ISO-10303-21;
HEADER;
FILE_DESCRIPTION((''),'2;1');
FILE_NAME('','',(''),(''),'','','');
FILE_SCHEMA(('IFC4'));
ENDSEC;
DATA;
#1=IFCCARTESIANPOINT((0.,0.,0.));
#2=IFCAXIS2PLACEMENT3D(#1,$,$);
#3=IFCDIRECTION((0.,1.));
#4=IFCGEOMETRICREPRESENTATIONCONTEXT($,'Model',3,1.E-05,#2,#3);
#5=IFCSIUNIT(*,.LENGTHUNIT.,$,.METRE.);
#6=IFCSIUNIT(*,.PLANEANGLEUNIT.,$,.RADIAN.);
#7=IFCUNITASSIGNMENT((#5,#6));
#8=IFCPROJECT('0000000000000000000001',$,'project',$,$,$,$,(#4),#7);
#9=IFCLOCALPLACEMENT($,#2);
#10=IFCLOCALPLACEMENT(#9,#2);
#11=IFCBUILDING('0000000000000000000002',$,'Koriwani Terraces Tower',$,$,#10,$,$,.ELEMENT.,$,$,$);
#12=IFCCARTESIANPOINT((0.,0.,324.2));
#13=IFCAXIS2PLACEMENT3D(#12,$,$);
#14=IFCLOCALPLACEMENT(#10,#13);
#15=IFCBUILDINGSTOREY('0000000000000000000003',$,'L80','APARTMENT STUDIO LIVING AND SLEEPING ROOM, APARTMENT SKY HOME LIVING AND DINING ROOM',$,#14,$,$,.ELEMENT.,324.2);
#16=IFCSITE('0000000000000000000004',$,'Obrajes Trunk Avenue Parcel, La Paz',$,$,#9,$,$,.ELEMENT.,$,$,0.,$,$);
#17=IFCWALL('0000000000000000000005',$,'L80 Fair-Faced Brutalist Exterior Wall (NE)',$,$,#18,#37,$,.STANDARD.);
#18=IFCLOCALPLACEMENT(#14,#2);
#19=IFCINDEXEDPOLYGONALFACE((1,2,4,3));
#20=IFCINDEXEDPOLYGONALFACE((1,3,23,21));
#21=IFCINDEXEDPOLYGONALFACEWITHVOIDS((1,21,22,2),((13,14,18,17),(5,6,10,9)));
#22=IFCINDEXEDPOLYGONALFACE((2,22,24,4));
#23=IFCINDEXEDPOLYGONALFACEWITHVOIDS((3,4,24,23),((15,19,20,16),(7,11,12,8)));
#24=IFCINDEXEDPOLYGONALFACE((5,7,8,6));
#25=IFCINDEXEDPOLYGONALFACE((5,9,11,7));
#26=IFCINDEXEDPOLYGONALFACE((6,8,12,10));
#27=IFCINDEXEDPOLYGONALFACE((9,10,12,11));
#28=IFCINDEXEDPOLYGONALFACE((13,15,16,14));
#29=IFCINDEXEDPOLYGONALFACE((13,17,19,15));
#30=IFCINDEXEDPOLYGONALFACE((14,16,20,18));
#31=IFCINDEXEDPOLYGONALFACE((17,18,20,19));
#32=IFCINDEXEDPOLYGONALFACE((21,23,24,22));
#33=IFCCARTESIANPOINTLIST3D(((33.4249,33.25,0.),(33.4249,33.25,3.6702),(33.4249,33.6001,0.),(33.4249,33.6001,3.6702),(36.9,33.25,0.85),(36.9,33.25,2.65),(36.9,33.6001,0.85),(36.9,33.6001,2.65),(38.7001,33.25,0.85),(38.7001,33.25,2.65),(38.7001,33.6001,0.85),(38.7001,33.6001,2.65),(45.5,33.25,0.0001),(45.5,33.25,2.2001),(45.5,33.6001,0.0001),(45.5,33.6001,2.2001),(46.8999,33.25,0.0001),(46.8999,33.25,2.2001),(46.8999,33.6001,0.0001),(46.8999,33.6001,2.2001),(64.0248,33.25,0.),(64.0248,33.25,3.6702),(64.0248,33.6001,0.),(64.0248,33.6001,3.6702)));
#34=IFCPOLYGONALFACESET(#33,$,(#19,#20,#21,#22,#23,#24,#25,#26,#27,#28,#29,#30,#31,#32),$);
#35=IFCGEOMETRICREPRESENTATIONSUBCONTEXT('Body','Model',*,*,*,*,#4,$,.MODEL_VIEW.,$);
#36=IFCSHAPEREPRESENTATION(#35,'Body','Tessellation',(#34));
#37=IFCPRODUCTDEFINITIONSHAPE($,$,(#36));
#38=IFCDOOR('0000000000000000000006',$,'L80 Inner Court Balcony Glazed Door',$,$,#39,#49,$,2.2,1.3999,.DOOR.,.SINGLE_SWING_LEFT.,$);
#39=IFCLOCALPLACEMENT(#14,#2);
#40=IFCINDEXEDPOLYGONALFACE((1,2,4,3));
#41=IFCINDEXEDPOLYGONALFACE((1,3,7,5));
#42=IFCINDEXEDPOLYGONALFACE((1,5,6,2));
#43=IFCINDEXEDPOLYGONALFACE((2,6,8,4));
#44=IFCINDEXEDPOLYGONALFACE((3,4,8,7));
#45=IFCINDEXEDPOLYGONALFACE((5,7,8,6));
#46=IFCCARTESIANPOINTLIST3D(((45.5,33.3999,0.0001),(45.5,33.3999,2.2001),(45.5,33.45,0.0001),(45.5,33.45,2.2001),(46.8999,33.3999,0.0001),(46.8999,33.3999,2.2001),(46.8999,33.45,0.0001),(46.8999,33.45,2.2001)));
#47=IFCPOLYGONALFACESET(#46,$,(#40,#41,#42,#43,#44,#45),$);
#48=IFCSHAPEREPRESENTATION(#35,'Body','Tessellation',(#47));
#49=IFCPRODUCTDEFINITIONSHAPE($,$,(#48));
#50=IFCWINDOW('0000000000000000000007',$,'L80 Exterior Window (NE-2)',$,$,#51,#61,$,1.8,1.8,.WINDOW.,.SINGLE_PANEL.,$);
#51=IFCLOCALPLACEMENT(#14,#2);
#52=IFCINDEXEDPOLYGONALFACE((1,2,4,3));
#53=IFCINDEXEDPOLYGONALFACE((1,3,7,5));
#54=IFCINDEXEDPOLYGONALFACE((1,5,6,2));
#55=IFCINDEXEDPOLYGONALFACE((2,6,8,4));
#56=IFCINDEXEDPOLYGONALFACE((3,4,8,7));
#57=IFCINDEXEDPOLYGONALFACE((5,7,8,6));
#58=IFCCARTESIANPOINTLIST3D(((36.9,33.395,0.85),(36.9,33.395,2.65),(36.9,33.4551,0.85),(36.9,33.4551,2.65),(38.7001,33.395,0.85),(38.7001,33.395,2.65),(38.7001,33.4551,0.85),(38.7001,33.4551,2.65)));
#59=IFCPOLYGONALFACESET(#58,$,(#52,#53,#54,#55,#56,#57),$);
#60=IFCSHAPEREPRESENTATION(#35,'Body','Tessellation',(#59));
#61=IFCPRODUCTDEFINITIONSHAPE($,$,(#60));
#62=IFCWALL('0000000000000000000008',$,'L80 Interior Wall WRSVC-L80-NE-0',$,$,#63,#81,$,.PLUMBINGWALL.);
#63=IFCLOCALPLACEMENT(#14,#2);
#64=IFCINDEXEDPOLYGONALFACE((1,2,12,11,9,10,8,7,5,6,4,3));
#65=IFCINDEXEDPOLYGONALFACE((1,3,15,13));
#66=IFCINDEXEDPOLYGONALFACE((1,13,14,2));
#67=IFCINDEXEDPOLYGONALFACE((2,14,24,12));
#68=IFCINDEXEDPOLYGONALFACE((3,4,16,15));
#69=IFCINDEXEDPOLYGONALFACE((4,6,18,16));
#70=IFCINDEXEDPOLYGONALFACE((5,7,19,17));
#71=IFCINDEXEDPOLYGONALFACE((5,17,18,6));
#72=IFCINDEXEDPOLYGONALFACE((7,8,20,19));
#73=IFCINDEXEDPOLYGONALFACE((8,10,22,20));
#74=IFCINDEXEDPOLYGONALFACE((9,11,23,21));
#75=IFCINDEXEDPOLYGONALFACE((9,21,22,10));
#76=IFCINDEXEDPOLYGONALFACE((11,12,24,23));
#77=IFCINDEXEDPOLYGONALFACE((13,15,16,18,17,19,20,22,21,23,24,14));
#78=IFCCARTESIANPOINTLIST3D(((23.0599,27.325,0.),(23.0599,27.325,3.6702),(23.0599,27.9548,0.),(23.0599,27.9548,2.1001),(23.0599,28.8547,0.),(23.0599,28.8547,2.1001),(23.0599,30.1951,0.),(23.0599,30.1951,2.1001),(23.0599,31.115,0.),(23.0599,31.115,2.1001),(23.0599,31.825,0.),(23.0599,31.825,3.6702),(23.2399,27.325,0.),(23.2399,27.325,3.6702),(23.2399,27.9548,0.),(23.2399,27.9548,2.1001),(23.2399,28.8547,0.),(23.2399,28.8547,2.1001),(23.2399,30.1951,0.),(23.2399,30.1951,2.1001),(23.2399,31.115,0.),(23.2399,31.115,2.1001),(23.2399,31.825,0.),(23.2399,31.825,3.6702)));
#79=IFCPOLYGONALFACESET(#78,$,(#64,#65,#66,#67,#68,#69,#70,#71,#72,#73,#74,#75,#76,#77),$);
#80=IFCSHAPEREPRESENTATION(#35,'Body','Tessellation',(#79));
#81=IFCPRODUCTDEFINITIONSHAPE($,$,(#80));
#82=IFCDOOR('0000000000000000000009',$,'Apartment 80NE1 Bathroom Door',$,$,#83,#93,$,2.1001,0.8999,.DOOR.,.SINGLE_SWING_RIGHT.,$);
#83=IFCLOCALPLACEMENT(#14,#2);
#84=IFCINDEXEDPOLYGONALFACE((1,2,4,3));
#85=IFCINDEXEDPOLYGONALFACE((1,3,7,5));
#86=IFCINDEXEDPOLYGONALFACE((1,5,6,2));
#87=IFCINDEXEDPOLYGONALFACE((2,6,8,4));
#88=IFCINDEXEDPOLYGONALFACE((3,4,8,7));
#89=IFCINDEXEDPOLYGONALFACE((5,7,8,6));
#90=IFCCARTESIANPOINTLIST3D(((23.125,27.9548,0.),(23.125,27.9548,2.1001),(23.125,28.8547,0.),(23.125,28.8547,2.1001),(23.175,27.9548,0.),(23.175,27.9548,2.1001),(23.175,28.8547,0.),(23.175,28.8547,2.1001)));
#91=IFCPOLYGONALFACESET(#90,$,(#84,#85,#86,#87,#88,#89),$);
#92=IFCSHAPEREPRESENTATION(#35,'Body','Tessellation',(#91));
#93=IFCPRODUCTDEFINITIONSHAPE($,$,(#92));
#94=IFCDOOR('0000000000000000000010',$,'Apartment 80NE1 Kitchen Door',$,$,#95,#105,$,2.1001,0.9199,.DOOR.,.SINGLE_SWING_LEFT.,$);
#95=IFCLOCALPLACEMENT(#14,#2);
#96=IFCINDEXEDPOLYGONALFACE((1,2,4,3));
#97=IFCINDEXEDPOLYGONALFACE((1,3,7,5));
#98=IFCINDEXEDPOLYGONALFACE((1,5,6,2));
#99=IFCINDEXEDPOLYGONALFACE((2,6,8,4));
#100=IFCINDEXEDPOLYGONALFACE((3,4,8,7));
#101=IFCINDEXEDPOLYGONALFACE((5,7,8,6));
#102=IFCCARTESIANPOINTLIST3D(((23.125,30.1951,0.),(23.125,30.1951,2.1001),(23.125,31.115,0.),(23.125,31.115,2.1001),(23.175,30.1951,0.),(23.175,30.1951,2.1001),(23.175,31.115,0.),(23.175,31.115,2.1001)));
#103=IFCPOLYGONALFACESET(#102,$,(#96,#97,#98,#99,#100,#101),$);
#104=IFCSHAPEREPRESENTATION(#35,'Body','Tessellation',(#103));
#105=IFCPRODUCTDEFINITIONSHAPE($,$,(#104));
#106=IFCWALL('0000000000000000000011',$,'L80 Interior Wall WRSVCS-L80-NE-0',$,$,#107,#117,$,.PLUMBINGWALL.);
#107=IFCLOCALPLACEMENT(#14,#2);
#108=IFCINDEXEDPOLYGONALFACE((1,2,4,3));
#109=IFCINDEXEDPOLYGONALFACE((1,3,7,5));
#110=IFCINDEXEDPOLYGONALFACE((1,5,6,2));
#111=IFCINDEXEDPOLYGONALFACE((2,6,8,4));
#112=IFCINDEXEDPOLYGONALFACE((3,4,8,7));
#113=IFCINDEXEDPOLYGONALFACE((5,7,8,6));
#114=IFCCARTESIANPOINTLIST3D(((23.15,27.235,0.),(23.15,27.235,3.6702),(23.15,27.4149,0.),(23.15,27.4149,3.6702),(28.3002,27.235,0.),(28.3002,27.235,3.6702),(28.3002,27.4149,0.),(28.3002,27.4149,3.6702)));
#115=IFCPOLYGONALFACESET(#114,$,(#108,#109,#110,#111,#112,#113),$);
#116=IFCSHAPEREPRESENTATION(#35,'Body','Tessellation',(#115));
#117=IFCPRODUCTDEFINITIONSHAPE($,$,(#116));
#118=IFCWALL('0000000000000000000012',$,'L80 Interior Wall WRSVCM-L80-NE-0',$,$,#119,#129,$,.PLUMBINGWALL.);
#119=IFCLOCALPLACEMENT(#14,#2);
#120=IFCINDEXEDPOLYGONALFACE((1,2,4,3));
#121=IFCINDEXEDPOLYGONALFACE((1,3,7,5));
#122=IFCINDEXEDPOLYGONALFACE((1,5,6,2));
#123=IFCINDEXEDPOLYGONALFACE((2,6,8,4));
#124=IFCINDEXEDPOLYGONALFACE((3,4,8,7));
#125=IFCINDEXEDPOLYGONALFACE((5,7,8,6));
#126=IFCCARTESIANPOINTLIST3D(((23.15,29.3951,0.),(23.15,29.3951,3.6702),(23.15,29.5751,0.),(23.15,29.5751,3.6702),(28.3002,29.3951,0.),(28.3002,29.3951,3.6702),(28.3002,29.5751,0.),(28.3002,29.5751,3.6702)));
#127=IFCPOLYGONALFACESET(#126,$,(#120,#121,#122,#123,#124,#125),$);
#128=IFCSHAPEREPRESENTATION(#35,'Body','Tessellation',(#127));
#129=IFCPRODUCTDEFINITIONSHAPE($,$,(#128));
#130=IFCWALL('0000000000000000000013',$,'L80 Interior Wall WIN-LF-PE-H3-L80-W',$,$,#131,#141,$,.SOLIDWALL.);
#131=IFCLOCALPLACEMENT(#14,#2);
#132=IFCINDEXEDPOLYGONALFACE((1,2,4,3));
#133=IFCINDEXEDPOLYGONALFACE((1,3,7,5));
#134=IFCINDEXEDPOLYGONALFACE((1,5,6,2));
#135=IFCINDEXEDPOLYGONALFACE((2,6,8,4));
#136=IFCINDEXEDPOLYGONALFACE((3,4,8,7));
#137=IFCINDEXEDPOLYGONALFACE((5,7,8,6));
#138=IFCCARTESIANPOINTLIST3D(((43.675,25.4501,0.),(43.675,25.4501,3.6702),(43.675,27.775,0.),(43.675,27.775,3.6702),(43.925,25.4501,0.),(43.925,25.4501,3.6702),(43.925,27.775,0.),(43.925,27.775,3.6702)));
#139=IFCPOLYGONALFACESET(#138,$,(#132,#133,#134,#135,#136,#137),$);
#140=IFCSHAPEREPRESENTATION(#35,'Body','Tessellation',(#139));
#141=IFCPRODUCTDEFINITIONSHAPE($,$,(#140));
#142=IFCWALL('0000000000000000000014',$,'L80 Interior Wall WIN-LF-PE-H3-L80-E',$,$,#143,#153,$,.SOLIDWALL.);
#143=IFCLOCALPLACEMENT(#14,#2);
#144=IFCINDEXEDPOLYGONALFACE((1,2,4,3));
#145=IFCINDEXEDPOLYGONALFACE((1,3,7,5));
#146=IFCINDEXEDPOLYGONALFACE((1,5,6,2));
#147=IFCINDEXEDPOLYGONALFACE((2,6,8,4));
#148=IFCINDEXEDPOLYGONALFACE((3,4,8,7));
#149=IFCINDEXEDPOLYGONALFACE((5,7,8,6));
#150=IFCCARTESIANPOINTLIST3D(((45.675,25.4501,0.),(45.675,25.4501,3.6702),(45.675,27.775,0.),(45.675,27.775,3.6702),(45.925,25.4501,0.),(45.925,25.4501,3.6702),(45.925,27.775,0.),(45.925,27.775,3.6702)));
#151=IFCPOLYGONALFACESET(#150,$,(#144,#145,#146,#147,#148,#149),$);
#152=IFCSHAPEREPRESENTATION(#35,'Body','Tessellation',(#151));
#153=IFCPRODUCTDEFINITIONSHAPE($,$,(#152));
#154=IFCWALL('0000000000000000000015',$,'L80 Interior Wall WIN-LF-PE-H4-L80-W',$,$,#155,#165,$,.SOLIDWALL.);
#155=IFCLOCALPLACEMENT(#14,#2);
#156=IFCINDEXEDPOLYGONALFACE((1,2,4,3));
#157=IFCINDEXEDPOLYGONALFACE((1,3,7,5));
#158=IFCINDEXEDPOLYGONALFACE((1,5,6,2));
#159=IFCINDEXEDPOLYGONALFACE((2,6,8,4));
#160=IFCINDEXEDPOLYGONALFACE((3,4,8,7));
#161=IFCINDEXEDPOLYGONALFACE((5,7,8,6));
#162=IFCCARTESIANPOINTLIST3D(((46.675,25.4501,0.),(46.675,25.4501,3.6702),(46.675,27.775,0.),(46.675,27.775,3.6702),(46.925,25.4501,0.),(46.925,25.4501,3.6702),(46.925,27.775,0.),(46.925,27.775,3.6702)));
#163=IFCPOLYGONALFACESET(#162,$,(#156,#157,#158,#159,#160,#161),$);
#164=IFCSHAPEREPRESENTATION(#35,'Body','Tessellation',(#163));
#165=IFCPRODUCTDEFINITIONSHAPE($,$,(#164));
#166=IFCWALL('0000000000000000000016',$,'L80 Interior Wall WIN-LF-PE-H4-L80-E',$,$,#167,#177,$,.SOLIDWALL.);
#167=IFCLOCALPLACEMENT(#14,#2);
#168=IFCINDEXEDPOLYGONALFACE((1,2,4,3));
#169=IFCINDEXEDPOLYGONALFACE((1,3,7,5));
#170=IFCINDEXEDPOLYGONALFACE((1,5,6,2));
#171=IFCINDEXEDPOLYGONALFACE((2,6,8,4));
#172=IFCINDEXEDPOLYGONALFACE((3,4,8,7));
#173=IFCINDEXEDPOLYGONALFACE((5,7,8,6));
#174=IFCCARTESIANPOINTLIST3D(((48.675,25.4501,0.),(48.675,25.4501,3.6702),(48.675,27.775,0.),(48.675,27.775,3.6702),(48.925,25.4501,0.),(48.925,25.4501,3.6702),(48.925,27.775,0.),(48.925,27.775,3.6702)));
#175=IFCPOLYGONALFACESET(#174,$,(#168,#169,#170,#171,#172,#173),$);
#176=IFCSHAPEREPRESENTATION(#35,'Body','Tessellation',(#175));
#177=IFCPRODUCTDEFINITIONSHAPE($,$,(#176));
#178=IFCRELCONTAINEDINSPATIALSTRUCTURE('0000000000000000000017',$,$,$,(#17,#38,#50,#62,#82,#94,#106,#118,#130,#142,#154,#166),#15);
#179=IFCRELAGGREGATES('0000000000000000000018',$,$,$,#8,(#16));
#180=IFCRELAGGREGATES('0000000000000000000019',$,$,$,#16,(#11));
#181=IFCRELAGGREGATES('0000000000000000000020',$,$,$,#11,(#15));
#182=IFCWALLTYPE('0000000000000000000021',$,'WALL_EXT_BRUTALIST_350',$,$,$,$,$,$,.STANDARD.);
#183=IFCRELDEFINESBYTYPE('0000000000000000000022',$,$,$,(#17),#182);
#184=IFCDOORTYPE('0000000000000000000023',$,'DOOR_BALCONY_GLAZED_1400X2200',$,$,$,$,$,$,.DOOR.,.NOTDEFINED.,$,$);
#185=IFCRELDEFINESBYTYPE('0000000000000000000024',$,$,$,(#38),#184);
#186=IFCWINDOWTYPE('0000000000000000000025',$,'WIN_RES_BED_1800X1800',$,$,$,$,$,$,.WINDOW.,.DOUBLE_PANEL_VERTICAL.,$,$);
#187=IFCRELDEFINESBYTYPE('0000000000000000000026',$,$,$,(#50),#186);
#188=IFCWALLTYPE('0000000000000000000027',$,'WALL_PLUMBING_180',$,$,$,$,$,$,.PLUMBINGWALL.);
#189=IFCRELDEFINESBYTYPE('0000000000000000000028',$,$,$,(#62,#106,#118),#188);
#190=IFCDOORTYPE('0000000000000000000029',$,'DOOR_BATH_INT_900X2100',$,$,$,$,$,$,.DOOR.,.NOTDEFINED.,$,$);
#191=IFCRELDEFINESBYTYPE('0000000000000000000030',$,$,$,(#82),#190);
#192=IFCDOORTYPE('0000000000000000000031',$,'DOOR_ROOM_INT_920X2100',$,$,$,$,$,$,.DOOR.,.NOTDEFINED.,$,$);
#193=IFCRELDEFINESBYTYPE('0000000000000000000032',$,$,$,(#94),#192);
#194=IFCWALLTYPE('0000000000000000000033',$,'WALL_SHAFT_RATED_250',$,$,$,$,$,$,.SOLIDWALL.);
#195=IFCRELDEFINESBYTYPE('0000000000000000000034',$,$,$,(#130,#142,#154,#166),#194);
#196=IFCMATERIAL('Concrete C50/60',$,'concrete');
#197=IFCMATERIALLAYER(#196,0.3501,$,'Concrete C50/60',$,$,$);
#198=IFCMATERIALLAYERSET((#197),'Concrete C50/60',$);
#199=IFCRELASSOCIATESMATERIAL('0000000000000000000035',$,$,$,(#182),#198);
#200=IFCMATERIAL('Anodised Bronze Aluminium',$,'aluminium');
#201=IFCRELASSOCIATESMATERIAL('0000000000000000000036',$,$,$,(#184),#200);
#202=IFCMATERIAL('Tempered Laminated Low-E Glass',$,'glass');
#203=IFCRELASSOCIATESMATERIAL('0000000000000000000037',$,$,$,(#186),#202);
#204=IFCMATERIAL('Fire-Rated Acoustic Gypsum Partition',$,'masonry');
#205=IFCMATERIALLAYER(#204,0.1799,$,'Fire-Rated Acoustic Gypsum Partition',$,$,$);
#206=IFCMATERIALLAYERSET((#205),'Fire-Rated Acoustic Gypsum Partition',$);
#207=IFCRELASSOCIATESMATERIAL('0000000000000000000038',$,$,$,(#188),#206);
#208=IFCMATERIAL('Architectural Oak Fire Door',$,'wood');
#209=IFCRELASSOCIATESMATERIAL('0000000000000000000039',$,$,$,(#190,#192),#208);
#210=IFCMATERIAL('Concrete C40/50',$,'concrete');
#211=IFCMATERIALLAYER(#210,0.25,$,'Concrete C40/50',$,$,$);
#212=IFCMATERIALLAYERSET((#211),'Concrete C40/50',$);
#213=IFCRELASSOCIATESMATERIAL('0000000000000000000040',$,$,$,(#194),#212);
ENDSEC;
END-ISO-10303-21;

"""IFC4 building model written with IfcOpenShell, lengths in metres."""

from ifc_helpers import new_model, si_unit, direction, frame, frame_2d, origin, place, context, subcontext, project, spatial, rectangle, extrude, material, layer, layer_set, type_object, element, fill, save


model = new_model("IFC4")

# Units and contexts
model_context = context("Model", 3, precision=1e-05, world=origin(), true_north=direction((0.0, 1.0)))
body_context = subcontext(model_context, "Body", "Model", "MODEL_VIEW")
ifc_project = project(units=[si_unit("LENGTHUNIT", "METRE"), si_unit("PLANEANGLEUNIT", "RADIAN")], contexts=[model_context])

# Site, building, storey
site_placement = place(None, origin())
site = spatial("IfcSite", under=ifc_project, at=site_placement, Name="Obrajes Trunk Avenue Parcel, La Paz", CompositionType="ELEMENT", RefElevation=0.0)
building_placement = place(site_placement, origin())
building = spatial("IfcBuilding", under=site, at=building_placement, Name="Koriwani Terraces Tower", CompositionType="ELEMENT")
storey_placement = place(building_placement, frame((0.0, 0.0, 324.2)))
storey = spatial("IfcBuildingStorey", under=building, at=storey_placement, Name="L80", Description="APARTMENT STUDIO LIVING AND SLEEPING ROOM, APARTMENT SKY HOME LIVING AND DINING ROOM", CompositionType="ELEMENT", Elevation=324.2)

# Shared definitions
ifc_material_1 = material(Name="Concrete C50/60", Category="concrete")

# Shared definitions
ifc_material_2 = material(Name="Concrete C40/50", Category="concrete")

# Wall, openings, door, window
ifc_layer_1 = layer(ifc_material_1, 0.3501, Name="Concrete C50/60")
ifc_layer_set_1 = layer_set([ifc_layer_1], Name="Concrete C50/60")
wall_type_1 = type_object("IfcWallType", Name="WALL_EXT_BRUTALIST_350", PredefinedType="STANDARD", material=ifc_layer_set_1)
wall_1_placement = place(storey_placement, frame((33.425, 33.425, 0.0), z_axis=(0.0, 0.0, 1.0), x_axis=(1.0, 0.0, 0.0)))
wall_1 = element("IfcWall", 1, at=wall_1_placement, inside=storey, type_object=wall_type_1, Name="L80 Fair-Faced Brutalist Exterior Wall (NE)", PredefinedType="STANDARD", context=body_context, shape_type="SweptSolid", body=[
    extrude(rectangle(XDim=30.5999, YDim=0.3501, at=frame_2d((15.2998, 0.0))), origin(), (0.0, 0.0, 1.0), 3.6702),
])
opening_1_placement = place(wall_1_placement, frame((12.075, 0.0, 0.0)))
opening_1 = element("IfcOpeningElement", 2, at=opening_1_placement, cuts=wall_1, PredefinedType="OPENING", context=body_context, shape_type="SweptSolid", body=[
    extrude(rectangle(XDim=1.3999, YDim=2.2, at=frame_2d((0.7, 1.1001))), frame((0.0, 0.1851, 0.0), z_axis=(0.0, -1.0, 0.0), x_axis=(1.0, 0.0, 0.0)), (0.0, 0.0, 1.0), 0.3701),
])
opening_2_placement = place(wall_1_placement, frame((3.4751, 0.0, 0.8501)))
opening_2 = element("IfcOpeningElement", 3, at=opening_2_placement, cuts=wall_1, PredefinedType="OPENING", context=body_context, shape_type="SweptSolid", body=[
    extrude(rectangle(XDim=1.8, YDim=1.8, at=frame_2d((0.8999, 0.8999))), frame((0.0, 0.1851, 0.0), z_axis=(0.0, -1.0, 0.0), x_axis=(1.0, 0.0, 0.0)), (0.0, 0.0, 1.0), 0.3701),
])
ifc_material_3 = material(Name="Anodised Bronze Aluminium", Category="aluminium")
door_type_1 = type_object("IfcDoorType", Name="DOOR_BALCONY_GLAZED_1400X2200", OperationType="NOTDEFINED", PredefinedType="DOOR", material=ifc_material_3)
door_1_placement = place(opening_1_placement, origin())
door_1 = element("IfcDoor", 4, at=door_1_placement, inside=storey, type_object=door_type_1, Name="L80 Inner Court Balcony Glazed Door", OperationType="SINGLE_SWING_LEFT", OverallHeight=2.2, OverallWidth=1.3999, PredefinedType="DOOR", context=body_context, shape_type="SweptSolid", body=[
    extrude(rectangle(XDim=1.3999, YDim=2.2, at=frame_2d((0.7, 1.1001))), frame((0.0, 0.0249, 0.0), z_axis=(0.0, -1.0, 0.0), x_axis=(1.0, 0.0, 0.0)), (0.0, 0.0, 1.0), 0.05),
])
fill(opening_1, door_1)
ifc_material_4 = material(Name="Tempered Laminated Low-E Glass", Category="glass")
window_type = type_object("IfcWindowType", Name="WIN_RES_BED_1800X1800", PartitioningType="DOUBLE_PANEL_VERTICAL", PredefinedType="WINDOW", material=ifc_material_4)
window_placement = place(opening_2_placement, origin())
window = element("IfcWindow", 5, at=window_placement, inside=storey, type_object=window_type, Name="L80 Exterior Window (NE-2)", OverallHeight=1.8, OverallWidth=1.8, PartitioningType="SINGLE_PANEL", PredefinedType="WINDOW", context=body_context, shape_type="SweptSolid", body=[
    extrude(rectangle(XDim=1.8, YDim=1.8, at=frame_2d((0.8999, 0.8999))), frame((0.0, 0.03, 0.0), z_axis=(0.0, -1.0, 0.0), x_axis=(1.0, 0.0, 0.0)), (0.0, 0.0, 1.0), 0.0601),
])
fill(opening_2, window)

# Wall, openings, doors
ifc_material_5 = material(Name="Fire-Rated Acoustic Gypsum Partition", Category="masonry")
ifc_layer_2 = layer(ifc_material_5, 0.1799, Name="Fire-Rated Acoustic Gypsum Partition")
ifc_layer_set_2 = layer_set([ifc_layer_2], Name="Fire-Rated Acoustic Gypsum Partition")
wall_type_2 = type_object("IfcWallType", Name="WALL_PLUMBING_180", PredefinedType="PLUMBINGWALL", material=ifc_layer_set_2)
wall_2_placement = place(storey_placement, frame((23.1499, 27.325, 0.0), z_axis=(0.0, 0.0, 1.0), x_axis=(0.0, 1.0, 0.0)))
wall_2 = element("IfcWall", 6, at=wall_2_placement, inside=storey, type_object=wall_type_2, Name="L80 Interior Wall WRSVC-L80-NE-0", PredefinedType="PLUMBINGWALL", context=body_context, shape_type="SweptSolid", body=[
    extrude(rectangle(XDim=4.5, YDim=0.1799, at=frame_2d((2.25, 0.0))), origin(), (0.0, 0.0, 1.0), 3.6702),
])
opening_3_placement = place(wall_2_placement, frame((0.6299, 0.0, 0.0)))
opening_3 = element("IfcOpeningElement", 7, at=opening_3_placement, cuts=wall_2, PredefinedType="OPENING", context=body_context, shape_type="SweptSolid", body=[
    extrude(rectangle(XDim=0.8999, YDim=2.1001, at=frame_2d((0.45, 1.05))), frame((0.0, 0.1001, 0.0), z_axis=(0.0, -1.0, 0.0), x_axis=(1.0, 0.0, 0.0)), (0.0, 0.0, 1.0), 0.2),
])
opening_4_placement = place(wall_2_placement, frame((2.8701, 0.0, 0.0)))
opening_4 = element("IfcOpeningElement", 8, at=opening_4_placement, cuts=wall_2, PredefinedType="OPENING", context=body_context, shape_type="SweptSolid", body=[
    extrude(rectangle(XDim=0.9199, YDim=2.1001, at=frame_2d((0.46, 1.05))), frame((0.0, 0.1001, 0.0), z_axis=(0.0, -1.0, 0.0), x_axis=(1.0, 0.0, 0.0)), (0.0, 0.0, 1.0), 0.2),
])
ifc_material_6 = material(Name="Architectural Oak Fire Door", Category="wood")
door_type_2 = type_object("IfcDoorType", Name="DOOR_BATH_INT_900X2100", OperationType="NOTDEFINED", PredefinedType="DOOR", material=ifc_material_6)
door_2_placement = place(opening_3_placement, origin())
door_2 = element("IfcDoor", 9, at=door_2_placement, inside=storey, type_object=door_type_2, Name="Apartment 80NE1 Bathroom Door", OperationType="SINGLE_SWING_RIGHT", OverallHeight=2.1001, OverallWidth=0.8999, PredefinedType="DOOR", context=body_context, shape_type="SweptSolid", body=[
    extrude(rectangle(XDim=0.8999, YDim=2.1001, at=frame_2d((0.45, 1.05))), frame((0.0, 0.0249, 0.0), z_axis=(0.0, -1.0, 0.0), x_axis=(1.0, 0.0, 0.0)), (0.0, 0.0, 1.0), 0.05),
])
fill(opening_3, door_2)
door_type_3 = type_object("IfcDoorType", Name="DOOR_ROOM_INT_920X2100", OperationType="NOTDEFINED", PredefinedType="DOOR", material=ifc_material_6)
door_3_placement = place(opening_4_placement, origin())
door_3 = element("IfcDoor", 10, at=door_3_placement, inside=storey, type_object=door_type_3, Name="Apartment 80NE1 Kitchen Door", OperationType="SINGLE_SWING_LEFT", OverallHeight=2.1001, OverallWidth=0.9199, PredefinedType="DOOR", context=body_context, shape_type="SweptSolid", body=[
    extrude(rectangle(XDim=0.9199, YDim=2.1001, at=frame_2d((0.46, 1.05))), frame((0.0, 0.0249, 0.0), z_axis=(0.0, -1.0, 0.0), x_axis=(1.0, 0.0, 0.0)), (0.0, 0.0, 1.0), 0.05),
])
fill(opening_4, door_3)

# Walls
for number, where, z_axis, x_axis, name in (
    (11, (23.1499, 27.325, 0.0), (0.0, 0.0, 1.0), (1.0, 0.0, 0.0), "L80 Interior Wall WRSVCS-L80-NE-0"),
    (12, (23.1499, 29.4851, 0.0), (0.0, 0.0, 1.0), (1.0, 0.0, 0.0), "L80 Interior Wall WRSVCM-L80-NE-0"),
):
    element("IfcWall", number, at=place(storey_placement, frame(where, z_axis=z_axis, x_axis=x_axis)), inside=storey, type_object=wall_type_2, Name=name, PredefinedType="PLUMBINGWALL", context=body_context, shape_type="SweptSolid", body=[
        extrude(rectangle(XDim=5.1501, YDim=0.1799, at=frame_2d((2.5752, 0.0))), origin(), (0.0, 0.0, 1.0), 3.6702),
    ])

# Shared definitions
ifc_layer_3 = layer(ifc_material_2, 0.25, Name="Concrete C40/50")
ifc_layer_set_3 = layer_set([ifc_layer_3], Name="Concrete C40/50")
wall_type_3 = type_object("IfcWallType", Name="WALL_SHAFT_RATED_250", PredefinedType="SOLIDWALL", material=ifc_layer_set_3)

# Walls
for number, where, z_axis, x_axis, name in (
    (13, (43.8, 25.45, 0.0), (0.0, 0.0, 1.0), (0.0, 1.0, 0.0), "L80 Interior Wall WIN-LF-PE-H3-L80-W"),
    (14, (45.8, 25.45, 0.0), (0.0, 0.0, 1.0), (0.0, 1.0, 0.0), "L80 Interior Wall WIN-LF-PE-H3-L80-E"),
):
    element("IfcWall", number, at=place(storey_placement, frame(where, z_axis=z_axis, x_axis=x_axis)), inside=storey, type_object=wall_type_3, Name=name, PredefinedType="SOLIDWALL", context=body_context, shape_type="SweptSolid", body=[
        extrude(rectangle(XDim=2.325, YDim=0.25, at=frame_2d((1.1626, 0.0))), origin(), (0.0, 0.0, 1.0), 3.6702),
    ])

# Walls
for number, where, z_axis, x_axis, name in (
    (15, (46.8, 25.45, 0.0), (0.0, 0.0, 1.0), (0.0, 1.0, 0.0), "L80 Interior Wall WIN-LF-PE-H4-L80-W"),
    (16, (48.8, 25.45, 0.0), (0.0, 0.0, 1.0), (0.0, 1.0, 0.0), "L80 Interior Wall WIN-LF-PE-H4-L80-E"),
):
    element("IfcWall", number, at=place(storey_placement, frame(where, z_axis=z_axis, x_axis=x_axis)), inside=storey, type_object=wall_type_3, Name=name, PredefinedType="SOLIDWALL", context=body_context, shape_type="SweptSolid", body=[
        extrude(rectangle(XDim=2.325, YDim=0.25, at=frame_2d((1.1626, 0.0))), origin(), (0.0, 0.0, 1.0), 3.6702),
    ])

save(model, "model.ifc")
